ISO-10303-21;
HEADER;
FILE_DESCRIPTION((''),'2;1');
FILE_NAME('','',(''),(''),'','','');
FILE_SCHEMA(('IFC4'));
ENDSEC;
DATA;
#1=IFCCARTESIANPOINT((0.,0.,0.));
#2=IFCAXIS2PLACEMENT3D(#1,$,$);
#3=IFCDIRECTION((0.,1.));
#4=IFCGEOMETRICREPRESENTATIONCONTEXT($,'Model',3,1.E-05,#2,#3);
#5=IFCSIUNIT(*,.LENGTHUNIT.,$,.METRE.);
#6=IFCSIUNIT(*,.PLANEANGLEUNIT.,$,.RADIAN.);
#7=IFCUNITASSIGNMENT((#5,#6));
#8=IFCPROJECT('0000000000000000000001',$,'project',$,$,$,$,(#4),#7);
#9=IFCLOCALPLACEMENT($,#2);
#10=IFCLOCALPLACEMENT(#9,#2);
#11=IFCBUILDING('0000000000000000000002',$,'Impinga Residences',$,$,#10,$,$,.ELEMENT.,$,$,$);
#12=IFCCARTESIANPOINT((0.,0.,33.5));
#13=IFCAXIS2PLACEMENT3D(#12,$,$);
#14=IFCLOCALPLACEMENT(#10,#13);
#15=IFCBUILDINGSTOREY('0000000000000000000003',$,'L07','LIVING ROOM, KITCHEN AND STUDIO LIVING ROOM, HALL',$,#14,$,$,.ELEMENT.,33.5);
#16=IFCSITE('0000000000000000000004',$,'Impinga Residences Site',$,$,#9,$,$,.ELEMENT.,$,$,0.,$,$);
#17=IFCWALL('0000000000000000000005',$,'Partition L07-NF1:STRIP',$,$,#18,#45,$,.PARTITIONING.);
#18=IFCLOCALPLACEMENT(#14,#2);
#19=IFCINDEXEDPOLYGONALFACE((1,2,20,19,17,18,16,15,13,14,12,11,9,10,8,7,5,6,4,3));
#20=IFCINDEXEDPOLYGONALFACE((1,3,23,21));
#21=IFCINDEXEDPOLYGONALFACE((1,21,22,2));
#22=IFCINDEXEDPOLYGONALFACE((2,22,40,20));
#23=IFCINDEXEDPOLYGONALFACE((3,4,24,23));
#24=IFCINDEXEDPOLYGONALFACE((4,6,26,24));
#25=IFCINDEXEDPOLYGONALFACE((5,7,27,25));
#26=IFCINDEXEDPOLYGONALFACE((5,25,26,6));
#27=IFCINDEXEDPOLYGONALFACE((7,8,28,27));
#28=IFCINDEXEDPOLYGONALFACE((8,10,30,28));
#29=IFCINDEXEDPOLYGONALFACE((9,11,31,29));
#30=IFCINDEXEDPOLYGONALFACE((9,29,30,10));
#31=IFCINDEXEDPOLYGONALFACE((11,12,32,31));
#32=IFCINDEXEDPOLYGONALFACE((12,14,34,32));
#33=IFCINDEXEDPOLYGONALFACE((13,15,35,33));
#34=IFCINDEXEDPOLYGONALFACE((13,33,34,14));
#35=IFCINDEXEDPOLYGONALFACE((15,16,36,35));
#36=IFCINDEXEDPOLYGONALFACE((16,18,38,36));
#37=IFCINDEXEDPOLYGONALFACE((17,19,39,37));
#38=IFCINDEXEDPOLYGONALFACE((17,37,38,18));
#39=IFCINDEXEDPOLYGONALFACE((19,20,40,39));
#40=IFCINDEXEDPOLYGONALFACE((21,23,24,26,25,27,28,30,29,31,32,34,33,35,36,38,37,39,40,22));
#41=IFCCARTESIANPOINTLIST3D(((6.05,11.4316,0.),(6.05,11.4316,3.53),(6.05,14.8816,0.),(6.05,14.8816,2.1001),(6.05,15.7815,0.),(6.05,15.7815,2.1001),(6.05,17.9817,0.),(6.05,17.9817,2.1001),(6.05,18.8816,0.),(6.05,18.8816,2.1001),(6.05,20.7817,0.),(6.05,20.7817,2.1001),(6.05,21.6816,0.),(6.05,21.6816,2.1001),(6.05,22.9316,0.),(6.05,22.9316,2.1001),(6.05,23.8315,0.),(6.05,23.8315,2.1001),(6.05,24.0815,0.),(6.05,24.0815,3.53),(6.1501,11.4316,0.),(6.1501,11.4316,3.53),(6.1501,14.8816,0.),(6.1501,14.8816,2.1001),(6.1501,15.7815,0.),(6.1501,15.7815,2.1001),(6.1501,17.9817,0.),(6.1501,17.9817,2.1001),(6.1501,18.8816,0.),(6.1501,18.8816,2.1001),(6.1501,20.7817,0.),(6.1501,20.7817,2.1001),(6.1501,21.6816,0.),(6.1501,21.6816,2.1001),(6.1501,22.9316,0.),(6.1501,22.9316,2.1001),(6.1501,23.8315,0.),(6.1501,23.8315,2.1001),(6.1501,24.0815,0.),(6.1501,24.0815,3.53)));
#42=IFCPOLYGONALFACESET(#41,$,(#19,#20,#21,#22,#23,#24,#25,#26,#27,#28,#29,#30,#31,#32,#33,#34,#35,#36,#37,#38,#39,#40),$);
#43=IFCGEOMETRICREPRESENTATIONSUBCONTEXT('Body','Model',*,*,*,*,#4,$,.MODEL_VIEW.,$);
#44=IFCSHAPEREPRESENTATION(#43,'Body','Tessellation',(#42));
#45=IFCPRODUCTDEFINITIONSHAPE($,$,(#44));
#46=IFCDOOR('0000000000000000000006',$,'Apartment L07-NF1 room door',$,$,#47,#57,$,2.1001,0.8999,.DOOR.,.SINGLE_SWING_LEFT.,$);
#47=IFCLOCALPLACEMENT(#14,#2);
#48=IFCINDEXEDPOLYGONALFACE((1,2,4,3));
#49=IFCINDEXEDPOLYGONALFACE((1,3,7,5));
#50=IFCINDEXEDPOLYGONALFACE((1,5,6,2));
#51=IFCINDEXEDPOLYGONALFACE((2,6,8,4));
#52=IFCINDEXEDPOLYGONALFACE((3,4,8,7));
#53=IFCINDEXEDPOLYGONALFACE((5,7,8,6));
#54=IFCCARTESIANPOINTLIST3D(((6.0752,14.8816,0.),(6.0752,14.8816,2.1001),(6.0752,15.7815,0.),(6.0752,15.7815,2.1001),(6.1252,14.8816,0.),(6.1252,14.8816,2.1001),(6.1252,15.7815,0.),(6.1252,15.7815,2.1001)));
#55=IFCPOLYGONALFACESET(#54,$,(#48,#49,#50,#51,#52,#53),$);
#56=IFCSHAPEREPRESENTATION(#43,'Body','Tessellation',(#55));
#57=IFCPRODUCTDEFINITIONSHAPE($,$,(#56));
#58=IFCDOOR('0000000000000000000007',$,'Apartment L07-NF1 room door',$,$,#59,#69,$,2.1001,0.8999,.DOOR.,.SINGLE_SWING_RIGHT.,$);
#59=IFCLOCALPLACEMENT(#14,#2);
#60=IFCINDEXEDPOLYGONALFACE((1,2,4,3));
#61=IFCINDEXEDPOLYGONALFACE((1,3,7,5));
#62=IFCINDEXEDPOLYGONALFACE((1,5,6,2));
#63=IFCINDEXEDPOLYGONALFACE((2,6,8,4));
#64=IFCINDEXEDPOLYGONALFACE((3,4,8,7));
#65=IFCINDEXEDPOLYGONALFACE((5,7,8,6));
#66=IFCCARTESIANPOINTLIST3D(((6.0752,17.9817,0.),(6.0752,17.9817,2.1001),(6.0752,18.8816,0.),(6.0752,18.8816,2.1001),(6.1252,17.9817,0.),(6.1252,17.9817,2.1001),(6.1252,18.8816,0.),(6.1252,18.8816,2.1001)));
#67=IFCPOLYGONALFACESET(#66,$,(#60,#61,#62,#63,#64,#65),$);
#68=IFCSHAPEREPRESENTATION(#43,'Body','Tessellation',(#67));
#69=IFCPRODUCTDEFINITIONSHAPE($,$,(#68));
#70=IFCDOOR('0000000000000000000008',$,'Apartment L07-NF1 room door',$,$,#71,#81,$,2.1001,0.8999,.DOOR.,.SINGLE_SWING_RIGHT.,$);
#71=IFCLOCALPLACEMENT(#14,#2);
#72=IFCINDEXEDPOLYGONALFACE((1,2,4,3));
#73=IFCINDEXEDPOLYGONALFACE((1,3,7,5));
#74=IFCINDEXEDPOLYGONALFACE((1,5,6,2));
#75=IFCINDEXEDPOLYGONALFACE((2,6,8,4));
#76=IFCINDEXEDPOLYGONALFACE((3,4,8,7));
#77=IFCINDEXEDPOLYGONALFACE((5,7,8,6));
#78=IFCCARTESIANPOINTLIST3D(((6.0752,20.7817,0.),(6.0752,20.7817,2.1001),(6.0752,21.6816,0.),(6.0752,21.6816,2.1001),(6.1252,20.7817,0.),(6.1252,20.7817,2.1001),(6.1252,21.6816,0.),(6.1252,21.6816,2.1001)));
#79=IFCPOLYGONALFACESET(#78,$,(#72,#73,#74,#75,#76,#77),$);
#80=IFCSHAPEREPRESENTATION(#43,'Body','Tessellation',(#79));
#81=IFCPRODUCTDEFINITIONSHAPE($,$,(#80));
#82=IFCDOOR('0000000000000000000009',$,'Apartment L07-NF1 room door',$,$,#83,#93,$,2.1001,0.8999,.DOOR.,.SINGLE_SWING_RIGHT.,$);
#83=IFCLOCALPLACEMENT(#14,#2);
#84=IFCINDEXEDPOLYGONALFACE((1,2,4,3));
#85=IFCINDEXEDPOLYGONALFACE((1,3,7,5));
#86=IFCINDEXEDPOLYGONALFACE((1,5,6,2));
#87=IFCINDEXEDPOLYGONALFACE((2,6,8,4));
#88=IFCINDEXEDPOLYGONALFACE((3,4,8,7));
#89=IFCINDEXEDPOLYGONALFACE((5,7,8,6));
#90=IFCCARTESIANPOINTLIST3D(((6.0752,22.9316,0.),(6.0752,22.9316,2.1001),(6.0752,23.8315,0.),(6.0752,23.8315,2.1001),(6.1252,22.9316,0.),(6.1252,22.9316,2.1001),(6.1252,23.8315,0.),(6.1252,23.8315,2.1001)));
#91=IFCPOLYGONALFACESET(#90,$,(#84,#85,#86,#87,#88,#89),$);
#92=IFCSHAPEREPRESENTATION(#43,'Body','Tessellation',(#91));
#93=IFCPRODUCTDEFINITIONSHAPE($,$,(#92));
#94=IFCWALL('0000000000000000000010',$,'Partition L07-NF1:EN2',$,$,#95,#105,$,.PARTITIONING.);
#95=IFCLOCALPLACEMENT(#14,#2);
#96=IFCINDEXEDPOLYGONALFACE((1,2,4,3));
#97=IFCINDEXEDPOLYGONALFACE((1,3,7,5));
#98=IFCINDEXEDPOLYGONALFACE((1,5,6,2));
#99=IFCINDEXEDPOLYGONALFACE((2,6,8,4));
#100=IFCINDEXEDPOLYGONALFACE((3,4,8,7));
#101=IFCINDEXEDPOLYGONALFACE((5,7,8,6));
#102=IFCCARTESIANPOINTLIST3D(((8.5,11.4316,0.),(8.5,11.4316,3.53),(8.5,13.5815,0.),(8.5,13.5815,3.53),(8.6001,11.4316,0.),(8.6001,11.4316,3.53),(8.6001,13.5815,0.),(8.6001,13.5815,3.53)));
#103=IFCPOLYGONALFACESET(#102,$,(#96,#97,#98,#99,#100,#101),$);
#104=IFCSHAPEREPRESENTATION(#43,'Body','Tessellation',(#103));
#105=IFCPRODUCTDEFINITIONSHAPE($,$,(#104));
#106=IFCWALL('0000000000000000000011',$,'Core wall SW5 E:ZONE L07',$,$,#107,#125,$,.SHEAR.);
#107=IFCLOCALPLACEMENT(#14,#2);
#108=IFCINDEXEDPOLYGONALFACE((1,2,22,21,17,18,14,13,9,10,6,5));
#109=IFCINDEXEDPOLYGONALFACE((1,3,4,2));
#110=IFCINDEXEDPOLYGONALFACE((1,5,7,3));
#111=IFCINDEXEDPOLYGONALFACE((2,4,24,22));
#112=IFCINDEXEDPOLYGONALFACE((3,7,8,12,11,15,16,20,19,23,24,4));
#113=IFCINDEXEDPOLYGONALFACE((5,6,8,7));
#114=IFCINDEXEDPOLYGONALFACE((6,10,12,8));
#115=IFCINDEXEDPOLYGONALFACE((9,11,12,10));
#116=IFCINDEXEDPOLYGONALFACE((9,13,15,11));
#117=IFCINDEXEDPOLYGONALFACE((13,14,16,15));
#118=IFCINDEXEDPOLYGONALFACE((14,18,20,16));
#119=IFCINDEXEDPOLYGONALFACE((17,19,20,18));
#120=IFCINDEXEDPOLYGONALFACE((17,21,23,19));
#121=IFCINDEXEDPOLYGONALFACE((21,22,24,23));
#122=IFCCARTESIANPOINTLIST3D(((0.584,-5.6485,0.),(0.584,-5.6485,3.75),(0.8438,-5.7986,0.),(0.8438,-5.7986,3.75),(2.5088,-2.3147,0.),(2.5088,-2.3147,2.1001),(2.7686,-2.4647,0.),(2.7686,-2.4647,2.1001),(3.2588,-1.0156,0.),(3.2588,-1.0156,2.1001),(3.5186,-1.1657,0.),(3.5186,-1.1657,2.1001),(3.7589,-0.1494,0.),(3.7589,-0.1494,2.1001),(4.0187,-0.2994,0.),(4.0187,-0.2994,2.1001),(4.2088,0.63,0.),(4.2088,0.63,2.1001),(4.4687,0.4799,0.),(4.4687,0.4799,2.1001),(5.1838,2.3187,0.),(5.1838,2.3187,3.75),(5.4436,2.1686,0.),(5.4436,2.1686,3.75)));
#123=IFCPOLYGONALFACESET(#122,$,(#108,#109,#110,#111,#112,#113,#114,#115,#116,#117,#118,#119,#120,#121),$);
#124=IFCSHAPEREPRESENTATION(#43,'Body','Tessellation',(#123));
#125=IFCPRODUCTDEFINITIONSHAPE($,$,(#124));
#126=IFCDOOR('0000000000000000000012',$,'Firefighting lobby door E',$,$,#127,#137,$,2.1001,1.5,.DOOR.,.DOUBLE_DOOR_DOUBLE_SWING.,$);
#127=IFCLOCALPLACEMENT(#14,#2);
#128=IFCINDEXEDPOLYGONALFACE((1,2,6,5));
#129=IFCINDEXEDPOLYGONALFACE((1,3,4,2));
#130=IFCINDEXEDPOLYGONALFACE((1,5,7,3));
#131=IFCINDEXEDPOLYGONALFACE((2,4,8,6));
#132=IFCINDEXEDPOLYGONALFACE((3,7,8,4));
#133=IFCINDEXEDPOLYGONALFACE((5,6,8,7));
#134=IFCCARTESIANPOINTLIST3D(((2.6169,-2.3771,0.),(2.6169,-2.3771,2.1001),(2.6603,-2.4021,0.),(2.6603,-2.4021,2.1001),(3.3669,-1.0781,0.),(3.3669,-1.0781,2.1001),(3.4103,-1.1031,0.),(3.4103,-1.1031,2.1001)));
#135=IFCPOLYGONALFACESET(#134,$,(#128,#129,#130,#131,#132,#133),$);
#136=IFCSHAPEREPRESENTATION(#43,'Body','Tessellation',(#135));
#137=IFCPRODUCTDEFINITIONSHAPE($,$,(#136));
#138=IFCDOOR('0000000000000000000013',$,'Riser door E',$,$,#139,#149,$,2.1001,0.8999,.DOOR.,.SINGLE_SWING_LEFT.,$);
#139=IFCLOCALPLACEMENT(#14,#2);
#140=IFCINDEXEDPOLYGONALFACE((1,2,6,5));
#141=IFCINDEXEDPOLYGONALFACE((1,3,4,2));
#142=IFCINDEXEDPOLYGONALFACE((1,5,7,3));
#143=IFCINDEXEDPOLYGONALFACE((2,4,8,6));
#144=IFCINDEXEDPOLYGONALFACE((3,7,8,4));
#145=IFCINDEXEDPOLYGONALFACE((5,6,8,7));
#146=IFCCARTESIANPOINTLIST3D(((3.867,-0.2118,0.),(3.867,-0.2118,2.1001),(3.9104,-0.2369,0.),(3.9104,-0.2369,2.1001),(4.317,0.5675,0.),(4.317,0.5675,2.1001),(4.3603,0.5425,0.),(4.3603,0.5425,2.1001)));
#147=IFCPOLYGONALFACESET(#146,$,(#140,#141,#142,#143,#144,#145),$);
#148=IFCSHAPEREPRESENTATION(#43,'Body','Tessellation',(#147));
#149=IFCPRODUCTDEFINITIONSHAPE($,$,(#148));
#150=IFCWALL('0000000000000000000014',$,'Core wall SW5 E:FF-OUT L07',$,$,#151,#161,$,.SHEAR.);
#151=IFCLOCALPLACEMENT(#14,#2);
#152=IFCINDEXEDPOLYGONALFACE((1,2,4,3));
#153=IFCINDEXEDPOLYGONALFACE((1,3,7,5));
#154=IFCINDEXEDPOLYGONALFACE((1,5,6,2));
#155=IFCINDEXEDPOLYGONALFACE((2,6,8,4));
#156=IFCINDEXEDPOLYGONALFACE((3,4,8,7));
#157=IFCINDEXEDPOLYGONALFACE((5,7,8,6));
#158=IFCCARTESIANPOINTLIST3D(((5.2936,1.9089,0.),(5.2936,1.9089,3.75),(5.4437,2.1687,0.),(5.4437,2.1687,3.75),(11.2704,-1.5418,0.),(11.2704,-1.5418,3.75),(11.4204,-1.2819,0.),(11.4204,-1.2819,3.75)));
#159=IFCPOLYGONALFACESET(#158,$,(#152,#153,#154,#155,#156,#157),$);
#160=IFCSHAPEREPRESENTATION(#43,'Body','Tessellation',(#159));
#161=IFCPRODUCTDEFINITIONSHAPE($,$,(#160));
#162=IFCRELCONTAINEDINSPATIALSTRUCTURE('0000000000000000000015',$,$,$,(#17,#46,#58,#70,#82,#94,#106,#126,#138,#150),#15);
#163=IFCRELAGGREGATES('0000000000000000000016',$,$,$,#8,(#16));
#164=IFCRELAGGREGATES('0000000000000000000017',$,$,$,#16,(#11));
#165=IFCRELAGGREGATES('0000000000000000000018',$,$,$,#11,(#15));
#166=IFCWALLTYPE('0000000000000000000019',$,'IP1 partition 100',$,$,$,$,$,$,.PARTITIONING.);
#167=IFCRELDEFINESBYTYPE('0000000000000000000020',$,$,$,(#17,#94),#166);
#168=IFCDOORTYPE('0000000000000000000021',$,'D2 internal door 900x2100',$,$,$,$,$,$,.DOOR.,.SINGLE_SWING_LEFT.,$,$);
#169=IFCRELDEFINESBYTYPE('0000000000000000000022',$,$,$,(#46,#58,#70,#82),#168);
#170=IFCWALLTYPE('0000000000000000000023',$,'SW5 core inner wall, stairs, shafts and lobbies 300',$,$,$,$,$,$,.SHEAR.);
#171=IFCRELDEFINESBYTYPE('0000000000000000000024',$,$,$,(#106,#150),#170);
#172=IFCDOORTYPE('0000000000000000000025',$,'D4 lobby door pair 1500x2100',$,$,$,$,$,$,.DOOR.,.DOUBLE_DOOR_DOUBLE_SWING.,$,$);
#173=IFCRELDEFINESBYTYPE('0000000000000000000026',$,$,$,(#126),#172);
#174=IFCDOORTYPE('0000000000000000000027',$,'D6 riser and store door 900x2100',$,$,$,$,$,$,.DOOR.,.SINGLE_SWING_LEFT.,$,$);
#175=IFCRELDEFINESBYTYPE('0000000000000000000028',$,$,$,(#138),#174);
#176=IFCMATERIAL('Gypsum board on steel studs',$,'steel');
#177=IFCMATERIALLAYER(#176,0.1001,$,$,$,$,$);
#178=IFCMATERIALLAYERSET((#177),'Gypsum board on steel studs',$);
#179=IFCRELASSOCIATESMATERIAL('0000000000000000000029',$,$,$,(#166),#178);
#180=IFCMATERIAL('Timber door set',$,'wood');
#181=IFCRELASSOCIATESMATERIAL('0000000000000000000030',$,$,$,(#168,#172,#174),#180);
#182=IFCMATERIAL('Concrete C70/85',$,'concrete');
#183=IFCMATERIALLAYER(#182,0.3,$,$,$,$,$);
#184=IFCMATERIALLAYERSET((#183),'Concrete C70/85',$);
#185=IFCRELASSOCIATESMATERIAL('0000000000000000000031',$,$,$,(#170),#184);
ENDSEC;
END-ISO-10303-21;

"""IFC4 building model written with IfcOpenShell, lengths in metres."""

from ifc_helpers import new_model, si_unit, direction, frame, frame_2d, origin, place, context, subcontext, project, spatial, rectangle, extrude, material, layer, layer_set, type_object, element, fill, save


model = new_model("IFC4")

# Units and contexts
model_context = context("Model", 3, precision=1e-05, world=origin(), true_north=direction((0.0, 1.0)))
body_context = subcontext(model_context, "Body", "Model", "MODEL_VIEW")
ifc_project = project(units=[si_unit("LENGTHUNIT", "METRE"), si_unit("PLANEANGLEUNIT", "RADIAN")], contexts=[model_context])

# Site, building, storey
site_placement = place(None, origin())
site = spatial("IfcSite", under=ifc_project, at=site_placement, Name="Impinga Residences Site", CompositionType="ELEMENT", RefElevation=0.0)
building_placement = place(site_placement, origin())
building = spatial("IfcBuilding", under=site, at=building_placement, Name="Impinga Residences", CompositionType="ELEMENT")
storey_placement = place(building_placement, frame((0.0, 0.0, 33.5)))
storey = spatial("IfcBuildingStorey", under=building, at=storey_placement, Name="L07", Description="LIVING ROOM, KITCHEN AND STUDIO LIVING ROOM, HALL", CompositionType="ELEMENT", Elevation=33.5)

# Shared definitions
ifc_material_1 = material(Name="Concrete C70/85", Category="concrete")

# Shared definitions
ifc_material_2 = material(Name="Timber door set", Category="wood")

# Shared definitions
ifc_material_3 = material(Name="Gypsum board on steel studs", Category="steel")
ifc_layer_1 = layer(ifc_material_3, 0.1001)
ifc_layer_set_1 = layer_set([ifc_layer_1], Name="Gypsum board on steel studs")
wall_type_1 = type_object("IfcWallType", Name="IP1 partition 100", PredefinedType="PARTITIONING", material=ifc_layer_set_1)

# Wall, openings, doors
wall_1_placement = place(storey_placement, frame((6.1001, 11.4316, 0.0), z_axis=(0.0, 0.0, 1.0), x_axis=(0.0, 1.0, 0.0)))
wall_1 = element("IfcWall", 1, at=wall_1_placement, inside=storey, type_object=wall_type_1, Name="Partition L07-NF1:STRIP", PredefinedType="PARTITIONING", context=body_context, shape_type="SweptSolid", body=[
    extrude(rectangle(XDim=12.6499, YDim=0.1001, at=frame_2d((6.325, 0.0))), origin(), (0.0, 0.0, 1.0), 3.53),
])
opening_1_placement = place(wall_1_placement, frame((3.45, 0.0, 0.0)))
opening_1 = element("IfcOpeningElement", 2, at=opening_1_placement, cuts=wall_1, PredefinedType="OPENING", context=body_context, shape_type="SweptSolid", body=[
    extrude(rectangle(XDim=0.8999, YDim=2.1001, at=frame_2d((0.45, 1.05))), frame((0.0, 0.0601, 0.0), z_axis=(0.0, -1.0, 0.0), x_axis=(1.0, 0.0, 0.0)), (0.0, 0.0, 1.0), 0.1201),
])
opening_2_placement = place(wall_1_placement, frame((6.55, 0.0, 0.0)))
opening_2 = element("IfcOpeningElement", 3, at=opening_2_placement, cuts=wall_1, PredefinedType="OPENING", context=body_context, shape_type="SweptSolid", body=[
    extrude(rectangle(XDim=0.8999, YDim=2.1001, at=frame_2d((0.45, 1.05))), frame((0.0, 0.0601, 0.0), z_axis=(0.0, -1.0, 0.0), x_axis=(1.0, 0.0, 0.0)), (0.0, 0.0, 1.0), 0.1201),
])
opening_3_placement = place(wall_1_placement, frame((9.3501, 0.0, 0.0)))
opening_3 = element("IfcOpeningElement", 4, at=opening_3_placement, cuts=wall_1, PredefinedType="OPENING", context=body_context, shape_type="SweptSolid", body=[
    extrude(rectangle(XDim=0.8999, YDim=2.1001, at=frame_2d((0.45, 1.05))), frame((0.0, 0.0601, 0.0), z_axis=(0.0, -1.0, 0.0), x_axis=(1.0, 0.0, 0.0)), (0.0, 0.0, 1.0), 0.1201),
])
opening_4_placement = place(wall_1_placement, frame((11.5, 0.0, 0.0)))
opening_4 = element("IfcOpeningElement", 5, at=opening_4_placement, cuts=wall_1, PredefinedType="OPENING", context=body_context, shape_type="SweptSolid", body=[
    extrude(rectangle(XDim=0.8999, YDim=2.1001, at=frame_2d((0.45, 1.05))), frame((0.0, 0.0601, 0.0), z_axis=(0.0, -1.0, 0.0), x_axis=(1.0, 0.0, 0.0)), (0.0, 0.0, 1.0), 0.1201),
])
door_type_1 = type_object("IfcDoorType", Name="D2 internal door 900x2100", OperationType="SINGLE_SWING_LEFT", PredefinedType="DOOR", material=ifc_material_2)
door_1_placement = place(opening_1_placement, origin())
door_1 = element("IfcDoor", 6, at=door_1_placement, inside=storey, type_object=door_type_1, Name="Apartment L07-NF1 room door", OperationType="SINGLE_SWING_LEFT", OverallHeight=2.1001, OverallWidth=0.8999, PredefinedType="DOOR", context=body_context, shape_type="SweptSolid", body=[
    extrude(rectangle(XDim=0.8999, YDim=2.1001, at=frame_2d((0.45, 1.05))), frame((0.0, 0.0249, 0.0), z_axis=(0.0, -1.0, 0.0), x_axis=(1.0, 0.0, 0.0)), (0.0, 0.0, 1.0), 0.05),
])
fill(opening_1, door_1)
door_2_placement = place(opening_2_placement, origin())
door_2 = element("IfcDoor", 7, at=door_2_placement, inside=storey, type_object=door_type_1, Name="Apartment L07-NF1 room door", OperationType="SINGLE_SWING_RIGHT", OverallHeight=2.1001, OverallWidth=0.8999, PredefinedType="DOOR", context=body_context, shape_type="SweptSolid", body=[
    extrude(rectangle(XDim=0.8999, YDim=2.1001, at=frame_2d((0.45, 1.05))), frame((0.0, 0.0249, 0.0), z_axis=(0.0, -1.0, 0.0), x_axis=(1.0, 0.0, 0.0)), (0.0, 0.0, 1.0), 0.05),
])
fill(opening_2, door_2)
door_3_placement = place(opening_3_placement, origin())
door_3 = element("IfcDoor", 8, at=door_3_placement, inside=storey, type_object=door_type_1, Name="Apartment L07-NF1 room door", OperationType="SINGLE_SWING_RIGHT", OverallHeight=2.1001, OverallWidth=0.8999, PredefinedType="DOOR", context=body_context, shape_type="SweptSolid", body=[
    extrude(rectangle(XDim=0.8999, YDim=2.1001, at=frame_2d((0.45, 1.05))), frame((0.0, 0.0249, 0.0), z_axis=(0.0, -1.0, 0.0), x_axis=(1.0, 0.0, 0.0)), (0.0, 0.0, 1.0), 0.05),
])
fill(opening_3, door_3)
door_4_placement = place(opening_4_placement, origin())
door_4 = element("IfcDoor", 9, at=door_4_placement, inside=storey, type_object=door_type_1, Name="Apartment L07-NF1 room door", OperationType="SINGLE_SWING_RIGHT", OverallHeight=2.1001, OverallWidth=0.8999, PredefinedType="DOOR", context=body_context, shape_type="SweptSolid", body=[
    extrude(rectangle(XDim=0.8999, YDim=2.1001, at=frame_2d((0.45, 1.05))), frame((0.0, 0.0249, 0.0), z_axis=(0.0, -1.0, 0.0), x_axis=(1.0, 0.0, 0.0)), (0.0, 0.0, 1.0), 0.05),
])
fill(opening_4, door_4)

# Wall
wall_2_placement = place(storey_placement, frame((8.55, 11.4316, 0.0), z_axis=(0.0, 0.0, 1.0), x_axis=(0.0, 1.0, 0.0)))
element("IfcWall", 10, at=wall_2_placement, inside=storey, type_object=wall_type_1, Name="Partition L07-NF1:EN2", PredefinedType="PARTITIONING", context=body_context, shape_type="SweptSolid", body=[
    extrude(rectangle(XDim=2.1499, YDim=0.1001, at=frame_2d((1.075, 0.0))), origin(), (0.0, 0.0, 1.0), 3.53),
])

# Wall, openings, doors
ifc_layer_2 = layer(ifc_material_1, 0.3)
ifc_layer_set_2 = layer_set([ifc_layer_2], Name="Concrete C70/85")
wall_type_2 = type_object("IfcWallType", Name="SW5 core inner wall, stairs, shafts and lobbies 300", PredefinedType="SHEAR", material=ifc_layer_set_2)
wall_3_placement = place(storey_placement, frame((5.3137, 2.2437, 0.0), z_axis=(0.0, 0.0, 1.0), x_axis=(-0.499995, -0.866028, 0.0)))
wall_3 = element("IfcWall", 11, at=wall_3_placement, inside=storey, type_object=wall_type_2, Name="Core wall SW5 E:ZONE L07", PredefinedType="SHEAR", context=body_context, shape_type="SweptSolid", body=[
    extrude(rectangle(XDim=9.1997, YDim=0.3, at=frame_2d((4.5999, 0.0))), origin(), (0.0, 0.0, 1.0), 3.75),
])
opening_5_placement = place(wall_3_placement, frame((3.8501, 0.0, 0.0)))
opening_5 = element("IfcOpeningElement", 12, at=opening_5_placement, cuts=wall_3, PredefinedType="OPENING", context=body_context, shape_type="SweptSolid", body=[
    extrude(rectangle(XDim=1.5, YDim=2.1001, at=frame_2d((0.75, 1.05))), frame((0.0, 0.1599, 0.0), z_axis=(0.0, -1.0, 0.0), x_axis=(1.0, 0.0, 0.0)), (0.0, 0.0, 1.0), 0.3201),
])
opening_6_placement = place(wall_3_placement, frame((1.95, 0.0, 0.0)))
opening_6 = element("IfcOpeningElement", 13, at=opening_6_placement, cuts=wall_3, PredefinedType="OPENING", context=body_context, shape_type="SweptSolid", body=[
    extrude(rectangle(XDim=0.8999, YDim=2.1001, at=frame_2d((0.45, 1.05))), frame((0.0, 0.1599, 0.0), z_axis=(0.0, -1.0, 0.0), x_axis=(1.0, 0.0, 0.0)), (0.0, 0.0, 1.0), 0.3201),
])
door_type_2 = type_object("IfcDoorType", Name="D4 lobby door pair 1500x2100", OperationType="DOUBLE_DOOR_DOUBLE_SWING", PredefinedType="DOOR", material=ifc_material_2)
door_5_placement = place(opening_5_placement, origin())
door_5 = element("IfcDoor", 14, at=door_5_placement, inside=storey, type_object=door_type_2, Name="Firefighting lobby door E", OperationType="DOUBLE_DOOR_DOUBLE_SWING", OverallHeight=2.1001, OverallWidth=1.5, PredefinedType="DOOR", context=body_context, shape_type="SweptSolid", body=[
    extrude(rectangle(XDim=1.5, YDim=2.1001, at=frame_2d((0.75, 1.05))), frame((0.0, 0.0249, 0.0), z_axis=(0.0, -1.0, 0.0), x_axis=(1.0, 0.0, 0.0)), (0.0, 0.0, 1.0), 0.05),
])
fill(opening_5, door_5)
door_type_3 = type_object("IfcDoorType", Name="D6 riser and store door 900x2100", OperationType="SINGLE_SWING_LEFT", PredefinedType="DOOR", material=ifc_material_2)
door_6_placement = place(opening_6_placement, origin())
door_6 = element("IfcDoor", 15, at=door_6_placement, inside=storey, type_object=door_type_3, Name="Riser door E", OperationType="SINGLE_SWING_LEFT", OverallHeight=2.1001, OverallWidth=0.8999, PredefinedType="DOOR", context=body_context, shape_type="SweptSolid", body=[
    extrude(rectangle(XDim=0.8999, YDim=2.1001, at=frame_2d((0.45, 1.05))), frame((0.0, 0.0249, 0.0), z_axis=(0.0, -1.0, 0.0), x_axis=(1.0, 0.0, 0.0)), (0.0, 0.0, 1.0), 0.05),
])
fill(opening_6, door_6)

# Wall
wall_4_placement = place(storey_placement, frame((5.3687, 2.0388, 0.0), z_axis=(0.0, 0.0, 1.0), x_axis=(0.866027, -0.499997, 0.0)))
element("IfcWall", 16, at=wall_4_placement, inside=storey, type_object=wall_type_2, Name="Core wall SW5 E:FF-OUT L07", PredefinedType="SHEAR", context=body_context, shape_type="SweptSolid", body=[
    extrude(rectangle(XDim=6.9014, YDim=0.3, at=frame_2d((3.4507, 0.0))), origin(), (0.0, 0.0, 1.0), 3.75),
])

save(model, "model.ifc")
